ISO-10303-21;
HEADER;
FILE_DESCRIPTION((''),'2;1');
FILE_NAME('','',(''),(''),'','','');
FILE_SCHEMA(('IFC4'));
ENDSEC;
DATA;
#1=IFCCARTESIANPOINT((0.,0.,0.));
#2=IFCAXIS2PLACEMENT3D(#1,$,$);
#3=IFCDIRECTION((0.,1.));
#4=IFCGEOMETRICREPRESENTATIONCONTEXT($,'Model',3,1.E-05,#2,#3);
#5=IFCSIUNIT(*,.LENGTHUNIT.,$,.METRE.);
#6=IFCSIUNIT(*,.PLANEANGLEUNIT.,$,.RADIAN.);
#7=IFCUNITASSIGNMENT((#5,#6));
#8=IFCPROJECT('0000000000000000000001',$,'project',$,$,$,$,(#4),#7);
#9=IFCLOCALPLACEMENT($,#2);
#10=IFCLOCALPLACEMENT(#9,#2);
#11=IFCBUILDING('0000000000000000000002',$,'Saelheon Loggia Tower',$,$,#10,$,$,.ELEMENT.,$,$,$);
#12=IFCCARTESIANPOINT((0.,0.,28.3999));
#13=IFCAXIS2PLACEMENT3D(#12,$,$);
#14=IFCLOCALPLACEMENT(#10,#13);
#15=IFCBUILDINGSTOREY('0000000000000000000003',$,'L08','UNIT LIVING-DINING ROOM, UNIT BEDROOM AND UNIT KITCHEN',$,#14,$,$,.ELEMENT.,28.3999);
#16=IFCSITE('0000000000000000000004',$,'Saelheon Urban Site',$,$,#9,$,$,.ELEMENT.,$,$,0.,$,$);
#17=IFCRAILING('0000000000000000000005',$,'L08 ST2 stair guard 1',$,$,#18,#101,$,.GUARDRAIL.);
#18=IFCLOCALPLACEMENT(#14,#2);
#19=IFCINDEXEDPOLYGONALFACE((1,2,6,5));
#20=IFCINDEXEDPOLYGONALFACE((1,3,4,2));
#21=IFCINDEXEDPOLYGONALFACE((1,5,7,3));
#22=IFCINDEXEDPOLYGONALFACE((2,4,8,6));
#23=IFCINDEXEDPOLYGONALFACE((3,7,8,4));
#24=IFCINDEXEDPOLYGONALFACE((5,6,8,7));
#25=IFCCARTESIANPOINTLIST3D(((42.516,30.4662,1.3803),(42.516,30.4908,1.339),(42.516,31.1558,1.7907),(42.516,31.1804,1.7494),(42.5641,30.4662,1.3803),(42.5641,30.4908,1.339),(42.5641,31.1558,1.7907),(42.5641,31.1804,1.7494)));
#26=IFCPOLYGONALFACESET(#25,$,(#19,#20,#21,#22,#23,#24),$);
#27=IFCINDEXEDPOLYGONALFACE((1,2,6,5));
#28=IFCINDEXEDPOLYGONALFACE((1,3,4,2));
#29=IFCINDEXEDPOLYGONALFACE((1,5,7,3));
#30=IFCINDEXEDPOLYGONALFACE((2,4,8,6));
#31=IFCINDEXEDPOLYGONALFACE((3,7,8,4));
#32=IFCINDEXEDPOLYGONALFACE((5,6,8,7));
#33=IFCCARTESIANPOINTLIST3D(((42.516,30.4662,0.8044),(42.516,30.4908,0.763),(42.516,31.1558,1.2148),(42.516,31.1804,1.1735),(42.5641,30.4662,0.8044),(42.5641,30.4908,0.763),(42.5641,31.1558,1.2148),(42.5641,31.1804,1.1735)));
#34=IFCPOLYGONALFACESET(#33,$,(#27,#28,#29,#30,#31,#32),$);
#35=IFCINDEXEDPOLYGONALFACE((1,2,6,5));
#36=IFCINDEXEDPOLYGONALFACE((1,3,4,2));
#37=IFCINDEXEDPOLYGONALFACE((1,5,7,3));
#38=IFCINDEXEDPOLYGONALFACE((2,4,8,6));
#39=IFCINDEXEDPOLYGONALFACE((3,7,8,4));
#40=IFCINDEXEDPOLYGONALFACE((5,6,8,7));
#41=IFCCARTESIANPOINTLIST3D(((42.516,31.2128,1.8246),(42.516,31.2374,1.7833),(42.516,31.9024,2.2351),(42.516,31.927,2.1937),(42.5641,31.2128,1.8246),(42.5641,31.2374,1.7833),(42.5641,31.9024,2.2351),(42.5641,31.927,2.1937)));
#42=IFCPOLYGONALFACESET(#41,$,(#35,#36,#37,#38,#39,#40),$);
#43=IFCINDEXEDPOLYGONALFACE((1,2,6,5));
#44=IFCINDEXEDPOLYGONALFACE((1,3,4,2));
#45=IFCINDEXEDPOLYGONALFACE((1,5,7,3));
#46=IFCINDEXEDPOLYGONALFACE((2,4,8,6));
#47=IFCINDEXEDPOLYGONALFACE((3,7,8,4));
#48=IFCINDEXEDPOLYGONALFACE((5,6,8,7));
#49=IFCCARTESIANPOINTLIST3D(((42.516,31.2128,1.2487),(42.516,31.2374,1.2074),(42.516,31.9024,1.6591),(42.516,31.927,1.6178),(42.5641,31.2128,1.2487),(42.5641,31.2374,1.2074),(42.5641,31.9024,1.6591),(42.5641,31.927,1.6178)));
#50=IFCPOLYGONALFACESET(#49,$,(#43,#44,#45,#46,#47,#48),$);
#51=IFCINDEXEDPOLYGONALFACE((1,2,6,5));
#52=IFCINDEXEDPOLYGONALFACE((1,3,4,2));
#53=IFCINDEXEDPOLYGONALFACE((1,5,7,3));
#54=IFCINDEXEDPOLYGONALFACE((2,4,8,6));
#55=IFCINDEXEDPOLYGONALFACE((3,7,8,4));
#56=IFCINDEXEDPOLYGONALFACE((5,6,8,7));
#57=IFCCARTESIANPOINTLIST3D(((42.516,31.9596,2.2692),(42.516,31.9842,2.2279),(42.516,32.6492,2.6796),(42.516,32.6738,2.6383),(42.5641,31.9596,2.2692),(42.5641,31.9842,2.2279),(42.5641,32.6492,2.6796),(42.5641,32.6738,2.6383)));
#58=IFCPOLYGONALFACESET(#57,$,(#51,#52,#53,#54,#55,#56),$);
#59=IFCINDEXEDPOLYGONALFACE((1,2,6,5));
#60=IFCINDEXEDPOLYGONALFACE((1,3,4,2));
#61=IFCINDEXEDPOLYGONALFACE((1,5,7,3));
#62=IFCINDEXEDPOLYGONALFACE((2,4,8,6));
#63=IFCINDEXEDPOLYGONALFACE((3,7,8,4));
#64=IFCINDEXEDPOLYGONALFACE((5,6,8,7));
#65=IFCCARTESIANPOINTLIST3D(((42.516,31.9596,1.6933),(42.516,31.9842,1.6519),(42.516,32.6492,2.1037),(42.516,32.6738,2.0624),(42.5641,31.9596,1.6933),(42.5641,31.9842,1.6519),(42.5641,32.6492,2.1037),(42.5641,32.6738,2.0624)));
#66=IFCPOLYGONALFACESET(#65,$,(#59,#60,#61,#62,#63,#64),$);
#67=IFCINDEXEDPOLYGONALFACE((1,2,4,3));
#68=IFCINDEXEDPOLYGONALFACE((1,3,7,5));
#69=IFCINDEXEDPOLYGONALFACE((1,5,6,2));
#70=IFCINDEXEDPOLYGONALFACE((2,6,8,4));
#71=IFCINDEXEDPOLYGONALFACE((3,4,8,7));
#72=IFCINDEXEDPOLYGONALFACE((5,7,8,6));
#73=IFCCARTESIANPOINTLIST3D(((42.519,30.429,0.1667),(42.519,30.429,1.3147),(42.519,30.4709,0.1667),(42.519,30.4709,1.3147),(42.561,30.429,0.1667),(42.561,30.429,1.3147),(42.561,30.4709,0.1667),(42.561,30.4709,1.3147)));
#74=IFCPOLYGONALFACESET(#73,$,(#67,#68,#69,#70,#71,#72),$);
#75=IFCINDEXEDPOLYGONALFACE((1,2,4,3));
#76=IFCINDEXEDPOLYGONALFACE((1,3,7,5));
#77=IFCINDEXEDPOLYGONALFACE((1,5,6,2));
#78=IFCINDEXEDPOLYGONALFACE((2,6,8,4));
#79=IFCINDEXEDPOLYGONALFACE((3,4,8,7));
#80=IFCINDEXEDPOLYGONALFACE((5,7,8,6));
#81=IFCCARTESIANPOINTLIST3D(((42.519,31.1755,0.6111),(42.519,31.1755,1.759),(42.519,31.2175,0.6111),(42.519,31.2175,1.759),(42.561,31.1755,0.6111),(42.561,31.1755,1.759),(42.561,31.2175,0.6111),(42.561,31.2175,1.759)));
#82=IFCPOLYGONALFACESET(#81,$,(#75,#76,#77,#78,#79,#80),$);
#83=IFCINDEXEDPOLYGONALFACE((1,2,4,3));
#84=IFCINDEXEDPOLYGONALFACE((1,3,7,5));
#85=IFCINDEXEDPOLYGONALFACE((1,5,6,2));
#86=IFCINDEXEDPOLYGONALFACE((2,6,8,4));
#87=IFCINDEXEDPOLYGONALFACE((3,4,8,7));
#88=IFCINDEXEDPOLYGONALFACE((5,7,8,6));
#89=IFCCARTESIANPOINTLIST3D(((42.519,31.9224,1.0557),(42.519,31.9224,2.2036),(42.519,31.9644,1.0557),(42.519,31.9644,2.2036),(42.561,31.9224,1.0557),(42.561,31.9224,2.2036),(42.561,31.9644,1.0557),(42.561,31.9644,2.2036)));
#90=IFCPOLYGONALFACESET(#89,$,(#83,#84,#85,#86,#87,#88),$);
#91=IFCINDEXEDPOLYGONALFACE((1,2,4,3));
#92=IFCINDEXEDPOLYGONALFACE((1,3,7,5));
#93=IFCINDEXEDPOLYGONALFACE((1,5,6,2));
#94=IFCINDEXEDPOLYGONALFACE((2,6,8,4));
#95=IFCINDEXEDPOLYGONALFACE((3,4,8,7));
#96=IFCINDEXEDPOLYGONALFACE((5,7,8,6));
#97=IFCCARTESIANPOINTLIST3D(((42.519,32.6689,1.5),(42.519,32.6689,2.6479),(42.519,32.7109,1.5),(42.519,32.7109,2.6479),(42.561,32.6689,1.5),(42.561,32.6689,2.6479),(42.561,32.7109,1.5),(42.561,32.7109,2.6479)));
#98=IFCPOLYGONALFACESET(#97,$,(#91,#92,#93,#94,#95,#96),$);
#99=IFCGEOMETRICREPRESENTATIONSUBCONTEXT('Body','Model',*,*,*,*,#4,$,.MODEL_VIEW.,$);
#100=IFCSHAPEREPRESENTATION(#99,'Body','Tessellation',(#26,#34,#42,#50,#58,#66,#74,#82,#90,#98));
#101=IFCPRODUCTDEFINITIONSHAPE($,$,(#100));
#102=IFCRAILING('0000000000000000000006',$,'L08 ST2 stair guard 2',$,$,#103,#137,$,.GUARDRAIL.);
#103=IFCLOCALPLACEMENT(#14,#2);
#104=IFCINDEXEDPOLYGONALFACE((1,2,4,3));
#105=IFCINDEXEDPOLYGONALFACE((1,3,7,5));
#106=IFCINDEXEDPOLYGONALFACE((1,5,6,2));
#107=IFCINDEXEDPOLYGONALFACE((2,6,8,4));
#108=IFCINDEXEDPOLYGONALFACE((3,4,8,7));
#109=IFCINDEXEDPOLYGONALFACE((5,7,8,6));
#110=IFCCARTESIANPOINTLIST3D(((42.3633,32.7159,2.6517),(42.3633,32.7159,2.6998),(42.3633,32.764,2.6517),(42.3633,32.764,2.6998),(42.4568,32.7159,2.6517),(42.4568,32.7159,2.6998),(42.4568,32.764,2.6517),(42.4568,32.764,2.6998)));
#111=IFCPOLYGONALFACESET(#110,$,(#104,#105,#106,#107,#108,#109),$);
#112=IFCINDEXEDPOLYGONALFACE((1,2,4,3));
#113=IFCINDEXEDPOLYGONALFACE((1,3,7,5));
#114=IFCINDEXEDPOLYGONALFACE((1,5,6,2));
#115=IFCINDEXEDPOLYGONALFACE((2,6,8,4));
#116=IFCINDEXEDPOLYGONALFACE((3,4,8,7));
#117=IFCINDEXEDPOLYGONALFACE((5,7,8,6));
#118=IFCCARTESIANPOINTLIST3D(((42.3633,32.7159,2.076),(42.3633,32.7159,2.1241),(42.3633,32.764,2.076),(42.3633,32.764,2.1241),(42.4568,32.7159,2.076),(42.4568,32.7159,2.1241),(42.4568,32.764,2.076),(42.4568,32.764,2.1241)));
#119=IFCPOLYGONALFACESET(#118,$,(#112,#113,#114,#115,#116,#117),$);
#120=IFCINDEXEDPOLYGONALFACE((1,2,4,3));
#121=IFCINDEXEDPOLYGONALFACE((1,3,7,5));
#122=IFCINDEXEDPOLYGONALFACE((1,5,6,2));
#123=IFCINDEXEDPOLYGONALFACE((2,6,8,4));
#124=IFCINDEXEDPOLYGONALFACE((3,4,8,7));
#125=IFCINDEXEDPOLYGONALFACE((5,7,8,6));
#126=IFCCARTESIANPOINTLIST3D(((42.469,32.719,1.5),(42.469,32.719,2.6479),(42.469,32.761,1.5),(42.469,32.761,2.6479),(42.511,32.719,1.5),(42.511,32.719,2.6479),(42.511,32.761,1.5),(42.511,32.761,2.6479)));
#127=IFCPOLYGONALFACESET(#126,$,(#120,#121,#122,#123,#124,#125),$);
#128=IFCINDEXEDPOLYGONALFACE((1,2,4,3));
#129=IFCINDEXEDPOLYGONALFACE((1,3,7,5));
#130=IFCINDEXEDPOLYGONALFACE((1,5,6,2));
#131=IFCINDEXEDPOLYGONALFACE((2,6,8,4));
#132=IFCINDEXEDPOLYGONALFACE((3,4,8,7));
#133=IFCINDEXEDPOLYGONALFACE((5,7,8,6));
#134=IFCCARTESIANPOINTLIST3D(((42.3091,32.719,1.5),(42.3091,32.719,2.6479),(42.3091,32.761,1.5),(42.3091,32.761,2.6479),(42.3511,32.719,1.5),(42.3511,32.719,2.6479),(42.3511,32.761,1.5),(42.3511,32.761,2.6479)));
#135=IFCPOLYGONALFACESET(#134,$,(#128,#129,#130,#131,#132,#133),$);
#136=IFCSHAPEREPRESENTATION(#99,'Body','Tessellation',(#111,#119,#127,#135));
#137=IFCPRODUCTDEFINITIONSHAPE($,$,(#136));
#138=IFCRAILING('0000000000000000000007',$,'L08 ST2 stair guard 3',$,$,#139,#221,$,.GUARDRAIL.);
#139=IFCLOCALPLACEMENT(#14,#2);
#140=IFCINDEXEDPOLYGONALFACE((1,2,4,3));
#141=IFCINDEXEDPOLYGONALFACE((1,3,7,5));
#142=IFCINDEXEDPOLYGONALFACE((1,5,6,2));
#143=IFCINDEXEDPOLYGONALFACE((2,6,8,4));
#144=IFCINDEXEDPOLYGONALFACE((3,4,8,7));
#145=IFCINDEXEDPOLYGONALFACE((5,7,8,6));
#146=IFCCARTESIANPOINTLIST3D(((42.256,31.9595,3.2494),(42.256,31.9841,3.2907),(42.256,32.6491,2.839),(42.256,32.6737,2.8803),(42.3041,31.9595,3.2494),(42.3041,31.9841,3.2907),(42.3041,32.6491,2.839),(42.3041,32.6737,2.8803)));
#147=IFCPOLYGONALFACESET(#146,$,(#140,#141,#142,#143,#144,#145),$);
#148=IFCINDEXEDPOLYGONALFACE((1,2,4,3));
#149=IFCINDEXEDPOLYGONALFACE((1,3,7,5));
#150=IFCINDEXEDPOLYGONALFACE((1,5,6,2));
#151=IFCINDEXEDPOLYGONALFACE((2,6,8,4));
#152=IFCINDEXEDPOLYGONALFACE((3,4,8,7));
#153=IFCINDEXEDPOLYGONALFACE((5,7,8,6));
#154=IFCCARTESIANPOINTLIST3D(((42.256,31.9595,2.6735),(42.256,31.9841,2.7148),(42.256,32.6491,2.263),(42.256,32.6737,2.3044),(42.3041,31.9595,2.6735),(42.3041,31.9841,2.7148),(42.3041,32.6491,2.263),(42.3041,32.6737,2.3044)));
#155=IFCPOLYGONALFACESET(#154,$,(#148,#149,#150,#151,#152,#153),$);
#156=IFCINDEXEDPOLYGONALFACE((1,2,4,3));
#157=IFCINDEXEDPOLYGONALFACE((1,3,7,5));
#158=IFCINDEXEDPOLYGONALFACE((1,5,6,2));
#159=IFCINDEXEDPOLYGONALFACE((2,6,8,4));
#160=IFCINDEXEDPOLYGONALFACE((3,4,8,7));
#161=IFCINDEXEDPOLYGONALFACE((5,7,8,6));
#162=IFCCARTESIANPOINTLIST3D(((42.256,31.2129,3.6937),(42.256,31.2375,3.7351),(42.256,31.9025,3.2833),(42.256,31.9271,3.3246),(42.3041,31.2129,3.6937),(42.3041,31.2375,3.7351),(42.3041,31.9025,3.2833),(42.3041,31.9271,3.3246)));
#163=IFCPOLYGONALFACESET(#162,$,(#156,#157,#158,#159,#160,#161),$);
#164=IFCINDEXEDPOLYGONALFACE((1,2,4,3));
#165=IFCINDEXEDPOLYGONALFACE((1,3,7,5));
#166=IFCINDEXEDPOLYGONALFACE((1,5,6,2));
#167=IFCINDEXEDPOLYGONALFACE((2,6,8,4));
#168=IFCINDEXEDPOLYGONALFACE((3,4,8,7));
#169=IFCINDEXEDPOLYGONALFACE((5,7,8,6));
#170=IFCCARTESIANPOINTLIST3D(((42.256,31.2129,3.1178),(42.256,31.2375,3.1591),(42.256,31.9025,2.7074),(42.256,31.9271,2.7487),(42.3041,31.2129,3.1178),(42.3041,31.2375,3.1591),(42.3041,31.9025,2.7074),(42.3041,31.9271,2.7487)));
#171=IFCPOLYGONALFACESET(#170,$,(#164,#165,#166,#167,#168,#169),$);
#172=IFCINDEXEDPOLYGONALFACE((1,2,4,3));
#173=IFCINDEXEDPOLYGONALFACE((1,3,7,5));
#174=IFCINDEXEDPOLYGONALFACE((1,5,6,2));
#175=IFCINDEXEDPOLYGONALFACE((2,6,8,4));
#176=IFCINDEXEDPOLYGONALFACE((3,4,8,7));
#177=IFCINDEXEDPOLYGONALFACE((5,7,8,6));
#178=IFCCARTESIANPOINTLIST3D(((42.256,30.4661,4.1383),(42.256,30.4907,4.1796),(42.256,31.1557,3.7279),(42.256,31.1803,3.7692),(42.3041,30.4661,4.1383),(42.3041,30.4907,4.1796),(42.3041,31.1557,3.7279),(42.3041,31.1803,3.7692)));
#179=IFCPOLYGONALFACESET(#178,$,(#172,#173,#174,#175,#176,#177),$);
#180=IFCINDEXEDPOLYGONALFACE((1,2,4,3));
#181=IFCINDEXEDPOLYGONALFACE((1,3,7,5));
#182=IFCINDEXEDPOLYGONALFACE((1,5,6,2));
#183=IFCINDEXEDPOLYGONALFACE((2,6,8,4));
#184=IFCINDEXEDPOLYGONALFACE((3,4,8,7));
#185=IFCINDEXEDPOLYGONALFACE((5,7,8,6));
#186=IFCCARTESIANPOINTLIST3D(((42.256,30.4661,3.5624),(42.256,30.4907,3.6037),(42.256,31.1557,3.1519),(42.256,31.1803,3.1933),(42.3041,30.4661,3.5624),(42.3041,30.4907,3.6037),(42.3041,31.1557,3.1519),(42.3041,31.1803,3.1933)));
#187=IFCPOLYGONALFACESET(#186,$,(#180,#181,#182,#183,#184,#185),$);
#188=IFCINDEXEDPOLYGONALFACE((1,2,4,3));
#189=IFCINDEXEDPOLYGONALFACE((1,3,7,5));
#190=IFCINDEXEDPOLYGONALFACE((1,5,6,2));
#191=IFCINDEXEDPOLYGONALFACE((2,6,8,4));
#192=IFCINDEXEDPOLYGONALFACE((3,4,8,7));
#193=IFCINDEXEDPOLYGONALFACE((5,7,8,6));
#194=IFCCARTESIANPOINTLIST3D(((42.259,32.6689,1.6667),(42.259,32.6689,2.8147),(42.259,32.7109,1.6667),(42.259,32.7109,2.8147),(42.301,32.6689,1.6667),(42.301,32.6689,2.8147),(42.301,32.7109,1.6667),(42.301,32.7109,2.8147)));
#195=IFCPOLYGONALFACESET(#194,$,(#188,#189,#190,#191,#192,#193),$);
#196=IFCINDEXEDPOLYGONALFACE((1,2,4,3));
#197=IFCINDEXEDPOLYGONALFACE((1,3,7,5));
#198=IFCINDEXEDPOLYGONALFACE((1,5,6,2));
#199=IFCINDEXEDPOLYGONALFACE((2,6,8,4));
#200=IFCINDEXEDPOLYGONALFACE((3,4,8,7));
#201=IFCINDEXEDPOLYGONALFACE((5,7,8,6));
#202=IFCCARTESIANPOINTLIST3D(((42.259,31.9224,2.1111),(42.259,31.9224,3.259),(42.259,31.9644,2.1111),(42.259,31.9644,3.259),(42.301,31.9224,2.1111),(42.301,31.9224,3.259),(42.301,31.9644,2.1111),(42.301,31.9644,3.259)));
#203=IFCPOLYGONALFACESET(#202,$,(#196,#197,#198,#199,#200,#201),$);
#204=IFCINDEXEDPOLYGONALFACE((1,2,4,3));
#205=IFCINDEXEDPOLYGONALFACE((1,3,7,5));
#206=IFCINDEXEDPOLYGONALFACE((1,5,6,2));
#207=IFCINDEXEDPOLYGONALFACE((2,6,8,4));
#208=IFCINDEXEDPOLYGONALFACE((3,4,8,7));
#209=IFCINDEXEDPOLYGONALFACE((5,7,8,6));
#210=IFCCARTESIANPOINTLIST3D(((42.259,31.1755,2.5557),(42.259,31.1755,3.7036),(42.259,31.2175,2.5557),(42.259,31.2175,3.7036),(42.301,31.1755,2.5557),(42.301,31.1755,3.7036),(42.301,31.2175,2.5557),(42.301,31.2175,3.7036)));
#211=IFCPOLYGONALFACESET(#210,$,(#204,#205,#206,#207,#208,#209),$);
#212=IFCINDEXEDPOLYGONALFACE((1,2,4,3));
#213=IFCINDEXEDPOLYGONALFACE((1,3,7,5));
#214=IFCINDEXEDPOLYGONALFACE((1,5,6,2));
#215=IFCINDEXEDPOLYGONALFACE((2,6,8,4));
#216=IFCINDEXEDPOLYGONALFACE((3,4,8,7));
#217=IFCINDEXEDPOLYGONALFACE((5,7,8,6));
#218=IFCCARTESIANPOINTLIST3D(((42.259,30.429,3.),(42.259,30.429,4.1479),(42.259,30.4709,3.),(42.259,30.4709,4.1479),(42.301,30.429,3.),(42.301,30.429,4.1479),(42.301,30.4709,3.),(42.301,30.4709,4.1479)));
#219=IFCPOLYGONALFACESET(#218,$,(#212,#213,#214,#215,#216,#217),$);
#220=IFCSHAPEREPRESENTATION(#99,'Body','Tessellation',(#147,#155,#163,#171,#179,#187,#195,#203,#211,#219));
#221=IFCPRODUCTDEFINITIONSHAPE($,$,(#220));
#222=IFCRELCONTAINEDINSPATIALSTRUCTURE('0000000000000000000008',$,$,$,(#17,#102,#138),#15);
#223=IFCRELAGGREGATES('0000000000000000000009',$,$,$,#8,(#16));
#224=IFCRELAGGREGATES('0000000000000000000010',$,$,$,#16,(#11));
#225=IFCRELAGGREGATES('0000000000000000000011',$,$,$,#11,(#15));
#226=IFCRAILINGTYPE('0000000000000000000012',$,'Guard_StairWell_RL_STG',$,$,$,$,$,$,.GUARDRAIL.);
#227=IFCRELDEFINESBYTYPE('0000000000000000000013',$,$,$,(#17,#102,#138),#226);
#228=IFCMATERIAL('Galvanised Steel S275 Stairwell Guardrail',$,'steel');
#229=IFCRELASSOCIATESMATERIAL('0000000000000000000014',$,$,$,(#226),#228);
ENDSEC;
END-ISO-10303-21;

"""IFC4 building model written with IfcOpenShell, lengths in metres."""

from ifc_helpers import new_model, si_unit, direction, frame, origin, origin_2d, place, context, subcontext, project, spatial, rectangle, extrude, material, type_object, element, save


model = new_model("IFC4")

# Units and contexts
model_context = context("Model", 3, precision=1e-05, world=origin(), true_north=direction((0.0, 1.0)))
body_context = subcontext(model_context, "Body", "Model", "MODEL_VIEW")
ifc_project = project(units=[si_unit("LENGTHUNIT", "METRE"), si_unit("PLANEANGLEUNIT", "RADIAN")], contexts=[model_context])

# Site, building, storey
site_placement = place(None, origin())
site = spatial("IfcSite", under=ifc_project, at=site_placement, Name="Saelheon Urban Site", CompositionType="ELEMENT", RefElevation=0.0)
building_placement = place(site_placement, origin())
building = spatial("IfcBuilding", under=site, at=building_placement, Name="Saelheon Loggia Tower", CompositionType="ELEMENT")
storey_placement = place(building_placement, frame((0.0, 0.0, 28.3999)))
storey = spatial("IfcBuildingStorey", under=building, at=storey_placement, Name="L08", Description="UNIT LIVING-DINING ROOM, UNIT BEDROOM AND UNIT KITCHEN", CompositionType="ELEMENT", Elevation=28.3999)

# Railings
ifc_material_1 = material(Name="Galvanised Steel S275 Stairwell Guardrail", Category="steel")
railing_type_1 = type_object("IfcRailingType", Name="Guard_StairWell_RL_STG", PredefinedType="GUARDRAIL", material=ifc_material_1)
railing_1_placement = place(storey_placement, frame((42.54, 30.45, 0.1667)))
element("IfcRailing", 1, at=railing_1_placement, inside=storey, type_object=railing_type_1, Name="L08 ST2 stair guard 1", PredefinedType="GUARDRAIL", context=body_context, shape_type="SweptSolid", body=[
    extrude(rectangle(XDim=0.0481, YDim=0.0481, at=origin_2d()), frame((0.0, 0.0286, 1.1929), z_axis=(0.0, 0.859306, 0.511462), x_axis=(-1.0, 0.0, 0.0)), (0.0, 0.0, 1.0), 0.8025),
    extrude(rectangle(XDim=0.0481, YDim=0.0481, at=origin_2d()), frame((0.0, 0.0286, 0.6169), z_axis=(0.0, 0.859306, 0.511462), x_axis=(-1.0, 0.0, 0.0)), (0.0, 0.0, 1.0), 0.8025),
    extrude(rectangle(XDim=0.0481, YDim=0.0481, at=origin_2d()), frame((0.0, 0.7751, 1.6372), z_axis=(0.0, 0.859306, 0.511462), x_axis=(-1.0, 0.0, 0.0)), (0.0, 0.0, 1.0), 0.8025),
    extrude(rectangle(XDim=0.0481, YDim=0.0481, at=origin_2d()), frame((0.0, 0.7751, 1.0613), z_axis=(0.0, 0.859306, 0.511462), x_axis=(-1.0, 0.0, 0.0)), (0.0, 0.0, 1.0), 0.8025),
    extrude(rectangle(XDim=0.0481, YDim=0.0481, at=origin_2d()), frame((0.0, 1.522, 2.0818), z_axis=(0.0, 0.859306, 0.511462), x_axis=(-1.0, 0.0, 0.0)), (0.0, 0.0, 1.0), 0.8025),
    extrude(rectangle(XDim=0.0481, YDim=0.0481, at=origin_2d()), frame((0.0, 1.522, 1.5059), z_axis=(0.0, 0.859306, 0.511462), x_axis=(-1.0, 0.0, 0.0)), (0.0, 0.0, 1.0), 0.8025),
    extrude(rectangle(XDim=0.042, YDim=0.042, at=origin_2d()), origin(), (0.0, 0.0, 1.0), 1.1479),
    extrude(rectangle(XDim=0.042, YDim=0.042, at=origin_2d()), frame((0.0, 0.7466, 0.4443)), (0.0, 0.0, 1.0), 1.1479),
    extrude(rectangle(XDim=0.042, YDim=0.042, at=origin_2d()), frame((0.0, 1.4934, 0.8889)), (0.0, 0.0, 1.0), 1.1479),
    extrude(rectangle(XDim=0.042, YDim=0.042, at=origin_2d()), frame((0.0, 2.24, 1.3333)), (0.0, 0.0, 1.0), 1.1479),
])
railing_2_placement = place(storey_placement, frame((42.49, 32.74, 1.5)))
element("IfcRailing", 2, at=railing_2_placement, inside=storey, type_object=railing_type_1, Name="L08 ST2 stair guard 2", PredefinedType="GUARDRAIL", context=body_context, shape_type="SweptSolid", body=[
    extrude(rectangle(XDim=0.0481, YDim=0.0481, at=origin_2d()), frame((-0.0332, 0.0, 1.1758), z_axis=(-1.0, 0.0, 0.0), x_axis=(0.0, -1.0, 0.0)), (0.0, 0.0, 1.0), 0.0935),
    extrude(rectangle(XDim=0.0481, YDim=0.0481, at=origin_2d()), frame((-0.0332, 0.0, 0.6001), z_axis=(-1.0, 0.0, 0.0), x_axis=(0.0, -1.0, 0.0)), (0.0, 0.0, 1.0), 0.0935),
    extrude(rectangle(XDim=0.042, YDim=0.042, at=origin_2d()), origin(), (0.0, 0.0, 1.0), 1.1479),
    extrude(rectangle(XDim=0.042, YDim=0.042, at=origin_2d()), frame((-0.1599, 0.0, 0.0)), (0.0, 0.0, 1.0), 1.1479),
])
railing_3_placement = place(storey_placement, frame((42.28, 32.6899, 1.6667)))
element("IfcRailing", 3, at=railing_3_placement, inside=storey, type_object=railing_type_1, Name="L08 ST2 stair guard 3", PredefinedType="GUARDRAIL", context=body_context, shape_type="SweptSolid", body=[
    extrude(rectangle(XDim=0.0481, YDim=0.0481, at=origin_2d()), frame((0.0, -0.0286, 1.1929), z_axis=(0.0, -0.859306, 0.511462), x_axis=(1.0, 0.0, 0.0)), (0.0, 0.0, 1.0), 0.8025),
    extrude(rectangle(XDim=0.0481, YDim=0.0481, at=origin_2d()), frame((0.0, -0.0286, 0.6169), z_axis=(0.0, -0.859306, 0.511462), x_axis=(1.0, 0.0, 0.0)), (0.0, 0.0, 1.0), 0.8025),
    extrude(rectangle(XDim=0.0481, YDim=0.0481, at=origin_2d()), frame((0.0, -0.7751, 1.6372), z_axis=(0.0, -0.859306, 0.511462), x_axis=(1.0, 0.0, 0.0)), (0.0, 0.0, 1.0), 0.8025),
    extrude(rectangle(XDim=0.0481, YDim=0.0481, at=origin_2d()), frame((0.0, -0.7751, 1.0613), z_axis=(0.0, -0.859306, 0.511462), x_axis=(1.0, 0.0, 0.0)), (0.0, 0.0, 1.0), 0.8025),
    extrude(rectangle(XDim=0.0481, YDim=0.0481, at=origin_2d()), frame((0.0, -1.522, 2.0818), z_axis=(0.0, -0.859306, 0.511462), x_axis=(1.0, 0.0, 0.0)), (0.0, 0.0, 1.0), 0.8025),
    extrude(rectangle(XDim=0.0481, YDim=0.0481, at=origin_2d()), frame((0.0, -1.522, 1.5059), z_axis=(0.0, -0.859306, 0.511462), x_axis=(1.0, 0.0, 0.0)), (0.0, 0.0, 1.0), 0.8025),
    extrude(rectangle(XDim=0.042, YDim=0.042, at=origin_2d()), origin(), (0.0, 0.0, 1.0), 1.1479),
    extrude(rectangle(XDim=0.042, YDim=0.042, at=origin_2d()), frame((0.0, -0.7466, 0.4443)), (0.0, 0.0, 1.0), 1.1479),
    extrude(rectangle(XDim=0.042, YDim=0.042, at=origin_2d()), frame((0.0, -1.4934, 0.8889)), (0.0, 0.0, 1.0), 1.1479),
    extrude(rectangle(XDim=0.042, YDim=0.042, at=origin_2d()), frame((0.0, -2.24, 1.3333)), (0.0, 0.0, 1.0), 1.1479),
])

save(model, "model.ifc")
